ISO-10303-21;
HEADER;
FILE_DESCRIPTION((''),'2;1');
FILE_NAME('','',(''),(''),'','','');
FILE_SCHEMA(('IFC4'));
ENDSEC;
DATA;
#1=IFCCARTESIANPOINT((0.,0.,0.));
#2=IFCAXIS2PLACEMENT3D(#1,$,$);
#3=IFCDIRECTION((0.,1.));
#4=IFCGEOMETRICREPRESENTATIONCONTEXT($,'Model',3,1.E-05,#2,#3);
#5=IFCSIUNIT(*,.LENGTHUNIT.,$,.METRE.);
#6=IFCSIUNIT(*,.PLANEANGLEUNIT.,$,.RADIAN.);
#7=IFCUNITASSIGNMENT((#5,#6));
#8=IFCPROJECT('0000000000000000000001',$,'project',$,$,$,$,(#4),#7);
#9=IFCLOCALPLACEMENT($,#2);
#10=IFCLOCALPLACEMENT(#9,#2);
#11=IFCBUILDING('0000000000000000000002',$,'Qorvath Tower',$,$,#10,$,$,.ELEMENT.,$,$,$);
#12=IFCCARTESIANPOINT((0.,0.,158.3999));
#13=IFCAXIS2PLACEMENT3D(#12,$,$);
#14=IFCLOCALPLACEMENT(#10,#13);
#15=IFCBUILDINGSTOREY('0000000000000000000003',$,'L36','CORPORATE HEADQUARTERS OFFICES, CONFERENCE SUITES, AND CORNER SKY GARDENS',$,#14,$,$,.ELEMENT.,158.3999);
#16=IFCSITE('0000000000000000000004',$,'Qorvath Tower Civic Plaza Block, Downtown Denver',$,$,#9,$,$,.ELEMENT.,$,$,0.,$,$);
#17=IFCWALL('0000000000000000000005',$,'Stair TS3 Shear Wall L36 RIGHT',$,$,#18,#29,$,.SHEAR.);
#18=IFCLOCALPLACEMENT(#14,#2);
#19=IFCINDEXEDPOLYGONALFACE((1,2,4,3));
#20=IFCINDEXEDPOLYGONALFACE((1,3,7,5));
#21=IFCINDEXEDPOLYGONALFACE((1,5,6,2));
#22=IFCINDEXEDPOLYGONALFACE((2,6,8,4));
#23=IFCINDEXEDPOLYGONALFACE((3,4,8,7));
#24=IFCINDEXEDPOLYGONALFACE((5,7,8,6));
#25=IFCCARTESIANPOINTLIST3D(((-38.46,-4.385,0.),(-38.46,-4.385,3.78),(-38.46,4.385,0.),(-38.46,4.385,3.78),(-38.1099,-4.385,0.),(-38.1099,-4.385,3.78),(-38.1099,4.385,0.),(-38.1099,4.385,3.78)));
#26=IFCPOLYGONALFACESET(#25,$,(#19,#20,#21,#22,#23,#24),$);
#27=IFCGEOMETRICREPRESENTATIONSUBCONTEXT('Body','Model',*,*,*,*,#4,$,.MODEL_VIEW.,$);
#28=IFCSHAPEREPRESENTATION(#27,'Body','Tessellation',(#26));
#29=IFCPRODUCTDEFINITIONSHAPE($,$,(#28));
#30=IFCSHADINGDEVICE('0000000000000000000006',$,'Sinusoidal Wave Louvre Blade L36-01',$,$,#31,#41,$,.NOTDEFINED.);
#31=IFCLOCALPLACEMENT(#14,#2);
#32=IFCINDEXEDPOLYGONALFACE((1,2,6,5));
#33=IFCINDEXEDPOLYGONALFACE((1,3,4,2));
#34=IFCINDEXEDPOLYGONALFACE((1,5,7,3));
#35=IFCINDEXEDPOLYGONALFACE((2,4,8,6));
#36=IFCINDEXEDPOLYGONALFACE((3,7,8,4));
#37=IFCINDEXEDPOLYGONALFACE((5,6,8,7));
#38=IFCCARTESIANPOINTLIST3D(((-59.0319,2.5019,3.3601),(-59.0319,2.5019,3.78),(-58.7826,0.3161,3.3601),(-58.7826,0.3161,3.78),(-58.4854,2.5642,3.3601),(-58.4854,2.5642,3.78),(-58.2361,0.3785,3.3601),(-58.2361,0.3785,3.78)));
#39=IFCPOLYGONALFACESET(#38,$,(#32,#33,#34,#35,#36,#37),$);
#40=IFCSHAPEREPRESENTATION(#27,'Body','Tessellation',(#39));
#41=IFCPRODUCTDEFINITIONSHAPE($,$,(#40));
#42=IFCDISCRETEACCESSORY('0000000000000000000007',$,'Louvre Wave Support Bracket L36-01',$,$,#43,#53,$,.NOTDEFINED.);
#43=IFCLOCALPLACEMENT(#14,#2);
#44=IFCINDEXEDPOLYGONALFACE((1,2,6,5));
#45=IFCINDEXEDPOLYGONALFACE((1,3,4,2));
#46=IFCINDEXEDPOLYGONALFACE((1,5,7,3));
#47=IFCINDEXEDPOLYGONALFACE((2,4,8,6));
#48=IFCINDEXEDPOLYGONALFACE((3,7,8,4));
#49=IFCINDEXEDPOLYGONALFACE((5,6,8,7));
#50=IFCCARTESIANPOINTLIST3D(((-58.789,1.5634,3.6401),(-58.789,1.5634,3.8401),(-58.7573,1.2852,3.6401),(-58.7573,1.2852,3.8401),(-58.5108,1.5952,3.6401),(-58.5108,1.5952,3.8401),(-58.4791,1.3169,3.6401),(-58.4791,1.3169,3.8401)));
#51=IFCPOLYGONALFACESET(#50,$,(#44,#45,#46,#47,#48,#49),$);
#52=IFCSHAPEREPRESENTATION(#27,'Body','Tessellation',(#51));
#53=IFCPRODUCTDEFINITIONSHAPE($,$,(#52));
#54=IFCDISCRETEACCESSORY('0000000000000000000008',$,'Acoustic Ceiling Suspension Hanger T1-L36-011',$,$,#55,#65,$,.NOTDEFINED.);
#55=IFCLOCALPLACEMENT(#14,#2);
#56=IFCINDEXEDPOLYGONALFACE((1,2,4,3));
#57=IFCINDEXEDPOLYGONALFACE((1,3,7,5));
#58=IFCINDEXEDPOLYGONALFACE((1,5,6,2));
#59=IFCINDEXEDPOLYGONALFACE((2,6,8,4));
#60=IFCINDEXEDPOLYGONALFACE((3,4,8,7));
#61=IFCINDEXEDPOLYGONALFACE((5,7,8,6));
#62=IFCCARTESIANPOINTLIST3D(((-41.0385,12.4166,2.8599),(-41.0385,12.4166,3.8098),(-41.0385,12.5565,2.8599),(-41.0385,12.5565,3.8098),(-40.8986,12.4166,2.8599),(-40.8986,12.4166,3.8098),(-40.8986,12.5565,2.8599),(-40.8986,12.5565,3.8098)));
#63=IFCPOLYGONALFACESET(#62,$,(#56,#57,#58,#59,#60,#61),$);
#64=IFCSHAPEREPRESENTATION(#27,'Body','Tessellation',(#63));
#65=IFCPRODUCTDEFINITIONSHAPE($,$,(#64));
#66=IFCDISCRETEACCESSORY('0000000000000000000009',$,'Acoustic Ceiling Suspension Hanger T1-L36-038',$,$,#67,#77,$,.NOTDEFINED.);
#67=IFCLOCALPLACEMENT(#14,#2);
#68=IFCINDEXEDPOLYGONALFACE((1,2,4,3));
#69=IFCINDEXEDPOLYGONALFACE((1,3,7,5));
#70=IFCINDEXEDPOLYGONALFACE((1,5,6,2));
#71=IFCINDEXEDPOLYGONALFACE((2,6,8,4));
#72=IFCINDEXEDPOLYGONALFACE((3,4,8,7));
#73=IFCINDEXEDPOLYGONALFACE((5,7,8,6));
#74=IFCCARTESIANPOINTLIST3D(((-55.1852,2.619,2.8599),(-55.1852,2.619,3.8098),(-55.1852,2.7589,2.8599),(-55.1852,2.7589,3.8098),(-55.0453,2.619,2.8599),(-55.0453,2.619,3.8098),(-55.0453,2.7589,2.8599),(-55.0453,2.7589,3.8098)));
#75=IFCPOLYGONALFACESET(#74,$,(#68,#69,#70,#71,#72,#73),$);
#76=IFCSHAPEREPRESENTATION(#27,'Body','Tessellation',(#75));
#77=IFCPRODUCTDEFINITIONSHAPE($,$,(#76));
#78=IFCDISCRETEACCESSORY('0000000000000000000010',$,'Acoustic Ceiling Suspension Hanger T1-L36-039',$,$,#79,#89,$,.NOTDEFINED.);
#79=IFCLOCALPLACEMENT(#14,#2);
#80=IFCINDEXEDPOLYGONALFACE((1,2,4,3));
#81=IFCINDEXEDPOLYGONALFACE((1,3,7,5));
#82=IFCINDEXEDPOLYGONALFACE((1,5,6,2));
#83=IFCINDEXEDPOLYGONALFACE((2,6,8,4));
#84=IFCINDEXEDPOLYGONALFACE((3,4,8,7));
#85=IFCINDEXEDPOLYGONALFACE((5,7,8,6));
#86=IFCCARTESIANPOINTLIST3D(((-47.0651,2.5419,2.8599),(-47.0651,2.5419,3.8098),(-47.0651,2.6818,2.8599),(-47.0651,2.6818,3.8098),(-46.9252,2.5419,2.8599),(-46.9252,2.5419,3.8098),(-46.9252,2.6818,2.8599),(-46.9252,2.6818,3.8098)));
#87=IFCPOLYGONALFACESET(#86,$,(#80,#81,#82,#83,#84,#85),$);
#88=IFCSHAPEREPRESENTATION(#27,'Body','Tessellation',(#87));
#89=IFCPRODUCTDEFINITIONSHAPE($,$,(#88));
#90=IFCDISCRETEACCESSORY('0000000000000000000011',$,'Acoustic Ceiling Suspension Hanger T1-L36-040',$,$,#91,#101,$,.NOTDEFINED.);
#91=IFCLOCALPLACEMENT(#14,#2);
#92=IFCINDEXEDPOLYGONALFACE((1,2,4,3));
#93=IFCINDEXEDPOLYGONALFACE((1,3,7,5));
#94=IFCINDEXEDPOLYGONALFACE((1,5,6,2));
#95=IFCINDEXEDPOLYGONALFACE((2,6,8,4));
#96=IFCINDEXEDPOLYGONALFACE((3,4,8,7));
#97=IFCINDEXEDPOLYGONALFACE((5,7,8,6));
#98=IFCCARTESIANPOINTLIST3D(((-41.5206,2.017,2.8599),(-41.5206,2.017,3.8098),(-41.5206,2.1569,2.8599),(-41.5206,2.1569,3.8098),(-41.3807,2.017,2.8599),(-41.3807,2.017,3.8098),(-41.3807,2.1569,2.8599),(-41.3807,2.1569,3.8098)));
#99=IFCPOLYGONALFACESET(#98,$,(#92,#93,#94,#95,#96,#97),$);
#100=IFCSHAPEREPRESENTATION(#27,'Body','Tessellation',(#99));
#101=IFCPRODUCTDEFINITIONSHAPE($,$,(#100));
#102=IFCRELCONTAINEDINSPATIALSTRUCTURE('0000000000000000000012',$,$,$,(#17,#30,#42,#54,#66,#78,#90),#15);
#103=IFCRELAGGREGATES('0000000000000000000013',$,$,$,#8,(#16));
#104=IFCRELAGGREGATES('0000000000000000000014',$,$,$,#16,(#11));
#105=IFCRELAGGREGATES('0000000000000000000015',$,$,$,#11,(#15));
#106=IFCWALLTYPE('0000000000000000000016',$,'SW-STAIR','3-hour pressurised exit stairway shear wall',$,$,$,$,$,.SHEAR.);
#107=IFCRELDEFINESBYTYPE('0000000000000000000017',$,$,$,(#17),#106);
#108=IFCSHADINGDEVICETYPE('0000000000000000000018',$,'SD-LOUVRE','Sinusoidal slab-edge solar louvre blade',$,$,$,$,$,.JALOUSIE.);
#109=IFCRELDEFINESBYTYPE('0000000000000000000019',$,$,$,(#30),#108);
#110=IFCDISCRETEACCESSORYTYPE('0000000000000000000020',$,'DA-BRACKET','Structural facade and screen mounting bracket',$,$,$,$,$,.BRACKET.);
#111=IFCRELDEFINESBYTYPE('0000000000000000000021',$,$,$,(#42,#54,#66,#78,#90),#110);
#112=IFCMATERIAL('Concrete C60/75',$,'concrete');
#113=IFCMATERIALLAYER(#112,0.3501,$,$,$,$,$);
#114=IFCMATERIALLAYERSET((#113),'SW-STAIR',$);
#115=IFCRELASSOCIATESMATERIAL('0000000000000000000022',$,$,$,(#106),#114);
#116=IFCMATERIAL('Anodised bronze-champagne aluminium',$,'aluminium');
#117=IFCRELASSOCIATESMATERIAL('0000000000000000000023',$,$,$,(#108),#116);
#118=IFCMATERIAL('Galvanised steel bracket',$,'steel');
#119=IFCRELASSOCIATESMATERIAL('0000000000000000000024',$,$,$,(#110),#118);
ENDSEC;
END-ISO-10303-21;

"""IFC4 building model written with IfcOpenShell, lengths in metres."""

from ifc_helpers import new_model, si_unit, direction, frame, frame_2d, origin, origin_2d, place, context, subcontext, project, spatial, rectangle, extrude, material, layer, layer_set, type_object, element, save


model = new_model("IFC4")

# Units and contexts
model_context = context("Model", 3, precision=1e-05, world=origin(), true_north=direction((0.0, 1.0)))
body_context = subcontext(model_context, "Body", "Model", "MODEL_VIEW")
ifc_project = project(units=[si_unit("LENGTHUNIT", "METRE"), si_unit("PLANEANGLEUNIT", "RADIAN")], contexts=[model_context])

# Site, building, storey
site_placement = place(None, origin())
site = spatial("IfcSite", under=ifc_project, at=site_placement, Name="Qorvath Tower Civic Plaza Block, Downtown Denver", CompositionType="ELEMENT", RefElevation=0.0)
building_placement = place(site_placement, origin())
building = spatial("IfcBuilding", under=site, at=building_placement, Name="Qorvath Tower", CompositionType="ELEMENT")
storey_placement = place(building_placement, frame((0.0, 0.0, 158.3999)))
storey = spatial("IfcBuildingStorey", under=building, at=storey_placement, Name="L36", Description="CORPORATE HEADQUARTERS OFFICES, CONFERENCE SUITES, AND CORNER SKY GARDENS", CompositionType="ELEMENT", Elevation=158.3999)

# Wall
ifc_material_1 = material(Name="Concrete C60/75", Category="concrete")
ifc_layer_1 = layer(ifc_material_1, 0.3501)
ifc_layer_set_1 = layer_set([ifc_layer_1], Name="SW-STAIR")
wall_type_1 = type_object("IfcWallType", Name="SW-STAIR", Description="3-hour pressurised exit stairway shear wall", PredefinedType="SHEAR", material=ifc_layer_set_1)
wall_1_placement = place(storey_placement, frame((-38.2849, 4.385, 0.0), z_axis=(0.0, 0.0, 1.0), x_axis=(0.0, -1.0, 0.0)))
element("IfcWall", 1, at=wall_1_placement, inside=storey, type_object=wall_type_1, Name="Stair TS3 Shear Wall L36 RIGHT", PredefinedType="SHEAR", context=body_context, shape_type="SweptSolid", body=[
    extrude(rectangle(XDim=8.77, YDim=0.3501, at=frame_2d((4.385, 0.0))), origin(), (0.0, 0.0, 1.0), 3.78),
])

# Shading device
ifc_material_2 = material(Name="Anodised bronze-champagne aluminium", Category="aluminium")
shading_device_type = type_object("IfcShadingDeviceType", Name="SD-LOUVRE", Description="Sinusoidal slab-edge solar louvre blade", PredefinedType="JALOUSIE", material=ifc_material_2)
shading_device_placement = place(storey_placement, frame((-58.634, 1.4402, 3.3601), z_axis=(0.0, 0.0, 1.0), x_axis=(0.113312, -0.993559, 0.0)))
element("IfcShadingDevice", 2, at=shading_device_placement, inside=storey, type_object=shading_device_type, Name="Sinusoidal Wave Louvre Blade L36-01", PredefinedType="NOTDEFINED", context=body_context, shape_type="SweptSolid", body=[
    extrude(rectangle(XDim=2.2, YDim=0.55, at=origin_2d()), origin(), (0.0, 0.0, 1.0), 0.4199),
])

# Discrete accessories
ifc_material_3 = material(Name="Galvanised steel bracket", Category="steel")
discrete_accessory_type = type_object("IfcDiscreteAccessoryType", Name="DA-BRACKET", Description="Structural facade and screen mounting bracket", PredefinedType="BRACKET", material=ifc_material_3)
discrete_accessory_placement = place(storey_placement, frame((-58.634, 1.4402, 3.6401), z_axis=(0.0, 0.0, 1.0), x_axis=(0.113312, -0.993559, 0.0)))
element("IfcDiscreteAccessory", 3, at=discrete_accessory_placement, inside=storey, type_object=discrete_accessory_type, Name="Louvre Wave Support Bracket L36-01", PredefinedType="NOTDEFINED", context=body_context, shape_type="SweptSolid", body=[
    extrude(rectangle(XDim=0.28, YDim=0.28, at=origin_2d()), origin(), (0.0, 0.0, 1.0), 0.2),
])
for number, where, z_axis, x_axis, name in (
    (4, (-40.9685, 12.4866, 2.8599), (0.0, 0.0, 1.0), (1.0, 0.0, 0.0), "Acoustic Ceiling Suspension Hanger T1-L36-011"),
    (5, (-55.1152, 2.689, 2.8599), (0.0, 0.0, 1.0), (1.0, 0.0, 0.0), "Acoustic Ceiling Suspension Hanger T1-L36-038"),
    (6, (-46.9951, 2.6118, 2.8599), (0.0, 0.0, 1.0), (1.0, 0.0, 0.0), "Acoustic Ceiling Suspension Hanger T1-L36-039"),
    (7, (-41.4507, 2.0869, 2.8599), (0.0, 0.0, 1.0), (1.0, 0.0, 0.0), "Acoustic Ceiling Suspension Hanger T1-L36-040"),
):
    element("IfcDiscreteAccessory", number, at=place(storey_placement, frame(where, z_axis=z_axis, x_axis=x_axis)), inside=storey, type_object=discrete_accessory_type, Name=name, PredefinedType="NOTDEFINED", context=body_context, shape_type="SweptSolid", body=[
        extrude(rectangle(XDim=0.1399, YDim=0.1399, at=origin_2d()), origin(), (0.0, 0.0, 1.0), 0.95),
    ])

save(model, "model.ifc")
